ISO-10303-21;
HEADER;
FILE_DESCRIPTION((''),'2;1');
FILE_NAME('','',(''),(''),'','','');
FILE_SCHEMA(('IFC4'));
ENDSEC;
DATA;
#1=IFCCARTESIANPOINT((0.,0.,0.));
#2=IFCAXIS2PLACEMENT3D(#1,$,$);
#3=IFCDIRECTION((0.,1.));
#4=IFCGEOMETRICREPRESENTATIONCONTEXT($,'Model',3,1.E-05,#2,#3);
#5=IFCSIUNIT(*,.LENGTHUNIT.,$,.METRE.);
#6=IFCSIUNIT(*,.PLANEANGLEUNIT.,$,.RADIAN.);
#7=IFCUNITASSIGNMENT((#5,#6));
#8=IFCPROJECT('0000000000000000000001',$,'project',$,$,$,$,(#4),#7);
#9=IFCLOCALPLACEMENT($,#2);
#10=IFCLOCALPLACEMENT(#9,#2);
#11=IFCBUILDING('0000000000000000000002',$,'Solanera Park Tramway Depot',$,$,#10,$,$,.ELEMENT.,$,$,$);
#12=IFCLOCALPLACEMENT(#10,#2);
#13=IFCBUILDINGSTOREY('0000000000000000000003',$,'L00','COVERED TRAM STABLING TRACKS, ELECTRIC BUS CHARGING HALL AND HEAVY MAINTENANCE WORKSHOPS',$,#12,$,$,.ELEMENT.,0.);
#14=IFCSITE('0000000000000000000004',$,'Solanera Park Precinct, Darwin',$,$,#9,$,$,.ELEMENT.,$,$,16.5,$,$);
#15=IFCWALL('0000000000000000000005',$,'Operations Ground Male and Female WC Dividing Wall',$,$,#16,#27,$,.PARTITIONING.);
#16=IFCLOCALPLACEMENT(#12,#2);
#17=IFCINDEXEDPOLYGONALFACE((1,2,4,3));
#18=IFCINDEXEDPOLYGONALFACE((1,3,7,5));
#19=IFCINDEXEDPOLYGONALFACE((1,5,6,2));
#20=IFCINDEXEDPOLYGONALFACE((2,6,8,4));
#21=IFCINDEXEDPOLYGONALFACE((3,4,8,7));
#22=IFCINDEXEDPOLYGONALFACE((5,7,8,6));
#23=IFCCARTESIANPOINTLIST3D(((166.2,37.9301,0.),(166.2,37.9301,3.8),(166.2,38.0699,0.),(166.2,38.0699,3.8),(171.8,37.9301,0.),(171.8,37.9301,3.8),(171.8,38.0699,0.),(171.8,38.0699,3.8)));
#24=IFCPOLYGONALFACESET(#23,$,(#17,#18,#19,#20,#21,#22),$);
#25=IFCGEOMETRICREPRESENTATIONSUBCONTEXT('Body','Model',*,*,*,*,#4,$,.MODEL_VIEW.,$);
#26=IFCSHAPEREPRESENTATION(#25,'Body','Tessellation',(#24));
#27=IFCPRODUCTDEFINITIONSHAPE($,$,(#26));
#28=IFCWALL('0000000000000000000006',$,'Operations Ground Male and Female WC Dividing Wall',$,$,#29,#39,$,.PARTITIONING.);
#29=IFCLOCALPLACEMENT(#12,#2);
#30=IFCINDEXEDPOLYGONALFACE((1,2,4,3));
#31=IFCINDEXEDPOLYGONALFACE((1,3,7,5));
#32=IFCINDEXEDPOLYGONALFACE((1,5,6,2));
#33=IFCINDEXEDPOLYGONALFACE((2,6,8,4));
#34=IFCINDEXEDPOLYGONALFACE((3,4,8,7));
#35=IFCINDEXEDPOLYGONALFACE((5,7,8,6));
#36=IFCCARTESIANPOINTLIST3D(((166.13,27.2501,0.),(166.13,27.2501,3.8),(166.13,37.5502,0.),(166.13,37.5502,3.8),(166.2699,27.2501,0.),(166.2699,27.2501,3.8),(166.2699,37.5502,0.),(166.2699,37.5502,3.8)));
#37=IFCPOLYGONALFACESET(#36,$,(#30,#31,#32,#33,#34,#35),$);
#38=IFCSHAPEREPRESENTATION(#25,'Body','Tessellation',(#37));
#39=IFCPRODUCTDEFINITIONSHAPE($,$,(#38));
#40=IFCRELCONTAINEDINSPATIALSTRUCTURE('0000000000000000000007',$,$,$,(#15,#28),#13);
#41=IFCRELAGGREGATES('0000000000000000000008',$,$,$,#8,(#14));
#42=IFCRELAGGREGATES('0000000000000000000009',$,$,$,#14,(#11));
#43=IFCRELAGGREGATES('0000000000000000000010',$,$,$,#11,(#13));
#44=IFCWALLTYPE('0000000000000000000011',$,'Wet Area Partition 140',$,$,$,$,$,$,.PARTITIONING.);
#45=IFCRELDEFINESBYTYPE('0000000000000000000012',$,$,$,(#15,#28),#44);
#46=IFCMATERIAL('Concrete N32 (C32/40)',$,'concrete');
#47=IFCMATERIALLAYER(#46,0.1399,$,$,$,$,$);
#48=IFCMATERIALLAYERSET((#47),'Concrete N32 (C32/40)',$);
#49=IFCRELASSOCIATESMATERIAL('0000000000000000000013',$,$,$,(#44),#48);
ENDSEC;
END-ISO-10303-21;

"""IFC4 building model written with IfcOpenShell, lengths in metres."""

from ifc_helpers import new_model, si_unit, direction, frame, frame_2d, origin, place, context, subcontext, project, spatial, rectangle, extrude, material, layer, layer_set, type_object, element, save


model = new_model("IFC4")

# Units and contexts
model_context = context("Model", 3, precision=1e-05, world=origin(), true_north=direction((0.0, 1.0)))
body_context = subcontext(model_context, "Body", "Model", "MODEL_VIEW")
ifc_project = project(units=[si_unit("LENGTHUNIT", "METRE"), si_unit("PLANEANGLEUNIT", "RADIAN")], contexts=[model_context])

# Site, building, storey
site_placement = place(None, origin())
site = spatial("IfcSite", under=ifc_project, at=site_placement, Name="Solanera Park Precinct, Darwin", CompositionType="ELEMENT", RefElevation=16.5)
building_placement = place(site_placement, origin())
building = spatial("IfcBuilding", under=site, at=building_placement, Name="Solanera Park Tramway Depot", CompositionType="ELEMENT")
storey_placement = place(building_placement, origin())
storey = spatial("IfcBuildingStorey", under=building, at=storey_placement, Name="L00", Description="COVERED TRAM STABLING TRACKS, ELECTRIC BUS CHARGING HALL AND HEAVY MAINTENANCE WORKSHOPS", CompositionType="ELEMENT", Elevation=0.0)

# Walls
ifc_material_1 = material(Name="Concrete N32 (C32/40)", Category="concrete")
ifc_layer_1 = layer(ifc_material_1, 0.1399)
ifc_layer_set_1 = layer_set([ifc_layer_1], Name="Concrete N32 (C32/40)")
wall_type = type_object("IfcWallType", Name="Wet Area Partition 140", PredefinedType="PARTITIONING", material=ifc_layer_set_1)
wall_1_placement = place(storey_placement, frame((166.2, 38.0, 0.0), z_axis=(0.0, 0.0, 1.0), x_axis=(1.0, 0.0, 0.0)))
element("IfcWall", 1, at=wall_1_placement, inside=storey, type_object=wall_type, Name="Operations Ground Male and Female WC Dividing Wall", PredefinedType="PARTITIONING", context=body_context, shape_type="SweptSolid", body=[
    extrude(rectangle(XDim=5.6001, YDim=0.1399, at=frame_2d((2.8, 0.0))), origin(), (0.0, 0.0, 1.0), 3.8),
])
wall_2_placement = place(storey_placement, frame((166.2, 37.55, 0.0), z_axis=(0.0, 0.0, 1.0), x_axis=(0.0, -1.0, 0.0)))
element("IfcWall", 2, at=wall_2_placement, inside=storey, type_object=wall_type, Name="Operations Ground Male and Female WC Dividing Wall", PredefinedType="PARTITIONING", context=body_context, shape_type="SweptSolid", body=[
    extrude(rectangle(XDim=10.3, YDim=0.1399, at=frame_2d((5.1499, 0.0))), origin(), (0.0, 0.0, 1.0), 3.8),
])

save(model, "model.ifc")
